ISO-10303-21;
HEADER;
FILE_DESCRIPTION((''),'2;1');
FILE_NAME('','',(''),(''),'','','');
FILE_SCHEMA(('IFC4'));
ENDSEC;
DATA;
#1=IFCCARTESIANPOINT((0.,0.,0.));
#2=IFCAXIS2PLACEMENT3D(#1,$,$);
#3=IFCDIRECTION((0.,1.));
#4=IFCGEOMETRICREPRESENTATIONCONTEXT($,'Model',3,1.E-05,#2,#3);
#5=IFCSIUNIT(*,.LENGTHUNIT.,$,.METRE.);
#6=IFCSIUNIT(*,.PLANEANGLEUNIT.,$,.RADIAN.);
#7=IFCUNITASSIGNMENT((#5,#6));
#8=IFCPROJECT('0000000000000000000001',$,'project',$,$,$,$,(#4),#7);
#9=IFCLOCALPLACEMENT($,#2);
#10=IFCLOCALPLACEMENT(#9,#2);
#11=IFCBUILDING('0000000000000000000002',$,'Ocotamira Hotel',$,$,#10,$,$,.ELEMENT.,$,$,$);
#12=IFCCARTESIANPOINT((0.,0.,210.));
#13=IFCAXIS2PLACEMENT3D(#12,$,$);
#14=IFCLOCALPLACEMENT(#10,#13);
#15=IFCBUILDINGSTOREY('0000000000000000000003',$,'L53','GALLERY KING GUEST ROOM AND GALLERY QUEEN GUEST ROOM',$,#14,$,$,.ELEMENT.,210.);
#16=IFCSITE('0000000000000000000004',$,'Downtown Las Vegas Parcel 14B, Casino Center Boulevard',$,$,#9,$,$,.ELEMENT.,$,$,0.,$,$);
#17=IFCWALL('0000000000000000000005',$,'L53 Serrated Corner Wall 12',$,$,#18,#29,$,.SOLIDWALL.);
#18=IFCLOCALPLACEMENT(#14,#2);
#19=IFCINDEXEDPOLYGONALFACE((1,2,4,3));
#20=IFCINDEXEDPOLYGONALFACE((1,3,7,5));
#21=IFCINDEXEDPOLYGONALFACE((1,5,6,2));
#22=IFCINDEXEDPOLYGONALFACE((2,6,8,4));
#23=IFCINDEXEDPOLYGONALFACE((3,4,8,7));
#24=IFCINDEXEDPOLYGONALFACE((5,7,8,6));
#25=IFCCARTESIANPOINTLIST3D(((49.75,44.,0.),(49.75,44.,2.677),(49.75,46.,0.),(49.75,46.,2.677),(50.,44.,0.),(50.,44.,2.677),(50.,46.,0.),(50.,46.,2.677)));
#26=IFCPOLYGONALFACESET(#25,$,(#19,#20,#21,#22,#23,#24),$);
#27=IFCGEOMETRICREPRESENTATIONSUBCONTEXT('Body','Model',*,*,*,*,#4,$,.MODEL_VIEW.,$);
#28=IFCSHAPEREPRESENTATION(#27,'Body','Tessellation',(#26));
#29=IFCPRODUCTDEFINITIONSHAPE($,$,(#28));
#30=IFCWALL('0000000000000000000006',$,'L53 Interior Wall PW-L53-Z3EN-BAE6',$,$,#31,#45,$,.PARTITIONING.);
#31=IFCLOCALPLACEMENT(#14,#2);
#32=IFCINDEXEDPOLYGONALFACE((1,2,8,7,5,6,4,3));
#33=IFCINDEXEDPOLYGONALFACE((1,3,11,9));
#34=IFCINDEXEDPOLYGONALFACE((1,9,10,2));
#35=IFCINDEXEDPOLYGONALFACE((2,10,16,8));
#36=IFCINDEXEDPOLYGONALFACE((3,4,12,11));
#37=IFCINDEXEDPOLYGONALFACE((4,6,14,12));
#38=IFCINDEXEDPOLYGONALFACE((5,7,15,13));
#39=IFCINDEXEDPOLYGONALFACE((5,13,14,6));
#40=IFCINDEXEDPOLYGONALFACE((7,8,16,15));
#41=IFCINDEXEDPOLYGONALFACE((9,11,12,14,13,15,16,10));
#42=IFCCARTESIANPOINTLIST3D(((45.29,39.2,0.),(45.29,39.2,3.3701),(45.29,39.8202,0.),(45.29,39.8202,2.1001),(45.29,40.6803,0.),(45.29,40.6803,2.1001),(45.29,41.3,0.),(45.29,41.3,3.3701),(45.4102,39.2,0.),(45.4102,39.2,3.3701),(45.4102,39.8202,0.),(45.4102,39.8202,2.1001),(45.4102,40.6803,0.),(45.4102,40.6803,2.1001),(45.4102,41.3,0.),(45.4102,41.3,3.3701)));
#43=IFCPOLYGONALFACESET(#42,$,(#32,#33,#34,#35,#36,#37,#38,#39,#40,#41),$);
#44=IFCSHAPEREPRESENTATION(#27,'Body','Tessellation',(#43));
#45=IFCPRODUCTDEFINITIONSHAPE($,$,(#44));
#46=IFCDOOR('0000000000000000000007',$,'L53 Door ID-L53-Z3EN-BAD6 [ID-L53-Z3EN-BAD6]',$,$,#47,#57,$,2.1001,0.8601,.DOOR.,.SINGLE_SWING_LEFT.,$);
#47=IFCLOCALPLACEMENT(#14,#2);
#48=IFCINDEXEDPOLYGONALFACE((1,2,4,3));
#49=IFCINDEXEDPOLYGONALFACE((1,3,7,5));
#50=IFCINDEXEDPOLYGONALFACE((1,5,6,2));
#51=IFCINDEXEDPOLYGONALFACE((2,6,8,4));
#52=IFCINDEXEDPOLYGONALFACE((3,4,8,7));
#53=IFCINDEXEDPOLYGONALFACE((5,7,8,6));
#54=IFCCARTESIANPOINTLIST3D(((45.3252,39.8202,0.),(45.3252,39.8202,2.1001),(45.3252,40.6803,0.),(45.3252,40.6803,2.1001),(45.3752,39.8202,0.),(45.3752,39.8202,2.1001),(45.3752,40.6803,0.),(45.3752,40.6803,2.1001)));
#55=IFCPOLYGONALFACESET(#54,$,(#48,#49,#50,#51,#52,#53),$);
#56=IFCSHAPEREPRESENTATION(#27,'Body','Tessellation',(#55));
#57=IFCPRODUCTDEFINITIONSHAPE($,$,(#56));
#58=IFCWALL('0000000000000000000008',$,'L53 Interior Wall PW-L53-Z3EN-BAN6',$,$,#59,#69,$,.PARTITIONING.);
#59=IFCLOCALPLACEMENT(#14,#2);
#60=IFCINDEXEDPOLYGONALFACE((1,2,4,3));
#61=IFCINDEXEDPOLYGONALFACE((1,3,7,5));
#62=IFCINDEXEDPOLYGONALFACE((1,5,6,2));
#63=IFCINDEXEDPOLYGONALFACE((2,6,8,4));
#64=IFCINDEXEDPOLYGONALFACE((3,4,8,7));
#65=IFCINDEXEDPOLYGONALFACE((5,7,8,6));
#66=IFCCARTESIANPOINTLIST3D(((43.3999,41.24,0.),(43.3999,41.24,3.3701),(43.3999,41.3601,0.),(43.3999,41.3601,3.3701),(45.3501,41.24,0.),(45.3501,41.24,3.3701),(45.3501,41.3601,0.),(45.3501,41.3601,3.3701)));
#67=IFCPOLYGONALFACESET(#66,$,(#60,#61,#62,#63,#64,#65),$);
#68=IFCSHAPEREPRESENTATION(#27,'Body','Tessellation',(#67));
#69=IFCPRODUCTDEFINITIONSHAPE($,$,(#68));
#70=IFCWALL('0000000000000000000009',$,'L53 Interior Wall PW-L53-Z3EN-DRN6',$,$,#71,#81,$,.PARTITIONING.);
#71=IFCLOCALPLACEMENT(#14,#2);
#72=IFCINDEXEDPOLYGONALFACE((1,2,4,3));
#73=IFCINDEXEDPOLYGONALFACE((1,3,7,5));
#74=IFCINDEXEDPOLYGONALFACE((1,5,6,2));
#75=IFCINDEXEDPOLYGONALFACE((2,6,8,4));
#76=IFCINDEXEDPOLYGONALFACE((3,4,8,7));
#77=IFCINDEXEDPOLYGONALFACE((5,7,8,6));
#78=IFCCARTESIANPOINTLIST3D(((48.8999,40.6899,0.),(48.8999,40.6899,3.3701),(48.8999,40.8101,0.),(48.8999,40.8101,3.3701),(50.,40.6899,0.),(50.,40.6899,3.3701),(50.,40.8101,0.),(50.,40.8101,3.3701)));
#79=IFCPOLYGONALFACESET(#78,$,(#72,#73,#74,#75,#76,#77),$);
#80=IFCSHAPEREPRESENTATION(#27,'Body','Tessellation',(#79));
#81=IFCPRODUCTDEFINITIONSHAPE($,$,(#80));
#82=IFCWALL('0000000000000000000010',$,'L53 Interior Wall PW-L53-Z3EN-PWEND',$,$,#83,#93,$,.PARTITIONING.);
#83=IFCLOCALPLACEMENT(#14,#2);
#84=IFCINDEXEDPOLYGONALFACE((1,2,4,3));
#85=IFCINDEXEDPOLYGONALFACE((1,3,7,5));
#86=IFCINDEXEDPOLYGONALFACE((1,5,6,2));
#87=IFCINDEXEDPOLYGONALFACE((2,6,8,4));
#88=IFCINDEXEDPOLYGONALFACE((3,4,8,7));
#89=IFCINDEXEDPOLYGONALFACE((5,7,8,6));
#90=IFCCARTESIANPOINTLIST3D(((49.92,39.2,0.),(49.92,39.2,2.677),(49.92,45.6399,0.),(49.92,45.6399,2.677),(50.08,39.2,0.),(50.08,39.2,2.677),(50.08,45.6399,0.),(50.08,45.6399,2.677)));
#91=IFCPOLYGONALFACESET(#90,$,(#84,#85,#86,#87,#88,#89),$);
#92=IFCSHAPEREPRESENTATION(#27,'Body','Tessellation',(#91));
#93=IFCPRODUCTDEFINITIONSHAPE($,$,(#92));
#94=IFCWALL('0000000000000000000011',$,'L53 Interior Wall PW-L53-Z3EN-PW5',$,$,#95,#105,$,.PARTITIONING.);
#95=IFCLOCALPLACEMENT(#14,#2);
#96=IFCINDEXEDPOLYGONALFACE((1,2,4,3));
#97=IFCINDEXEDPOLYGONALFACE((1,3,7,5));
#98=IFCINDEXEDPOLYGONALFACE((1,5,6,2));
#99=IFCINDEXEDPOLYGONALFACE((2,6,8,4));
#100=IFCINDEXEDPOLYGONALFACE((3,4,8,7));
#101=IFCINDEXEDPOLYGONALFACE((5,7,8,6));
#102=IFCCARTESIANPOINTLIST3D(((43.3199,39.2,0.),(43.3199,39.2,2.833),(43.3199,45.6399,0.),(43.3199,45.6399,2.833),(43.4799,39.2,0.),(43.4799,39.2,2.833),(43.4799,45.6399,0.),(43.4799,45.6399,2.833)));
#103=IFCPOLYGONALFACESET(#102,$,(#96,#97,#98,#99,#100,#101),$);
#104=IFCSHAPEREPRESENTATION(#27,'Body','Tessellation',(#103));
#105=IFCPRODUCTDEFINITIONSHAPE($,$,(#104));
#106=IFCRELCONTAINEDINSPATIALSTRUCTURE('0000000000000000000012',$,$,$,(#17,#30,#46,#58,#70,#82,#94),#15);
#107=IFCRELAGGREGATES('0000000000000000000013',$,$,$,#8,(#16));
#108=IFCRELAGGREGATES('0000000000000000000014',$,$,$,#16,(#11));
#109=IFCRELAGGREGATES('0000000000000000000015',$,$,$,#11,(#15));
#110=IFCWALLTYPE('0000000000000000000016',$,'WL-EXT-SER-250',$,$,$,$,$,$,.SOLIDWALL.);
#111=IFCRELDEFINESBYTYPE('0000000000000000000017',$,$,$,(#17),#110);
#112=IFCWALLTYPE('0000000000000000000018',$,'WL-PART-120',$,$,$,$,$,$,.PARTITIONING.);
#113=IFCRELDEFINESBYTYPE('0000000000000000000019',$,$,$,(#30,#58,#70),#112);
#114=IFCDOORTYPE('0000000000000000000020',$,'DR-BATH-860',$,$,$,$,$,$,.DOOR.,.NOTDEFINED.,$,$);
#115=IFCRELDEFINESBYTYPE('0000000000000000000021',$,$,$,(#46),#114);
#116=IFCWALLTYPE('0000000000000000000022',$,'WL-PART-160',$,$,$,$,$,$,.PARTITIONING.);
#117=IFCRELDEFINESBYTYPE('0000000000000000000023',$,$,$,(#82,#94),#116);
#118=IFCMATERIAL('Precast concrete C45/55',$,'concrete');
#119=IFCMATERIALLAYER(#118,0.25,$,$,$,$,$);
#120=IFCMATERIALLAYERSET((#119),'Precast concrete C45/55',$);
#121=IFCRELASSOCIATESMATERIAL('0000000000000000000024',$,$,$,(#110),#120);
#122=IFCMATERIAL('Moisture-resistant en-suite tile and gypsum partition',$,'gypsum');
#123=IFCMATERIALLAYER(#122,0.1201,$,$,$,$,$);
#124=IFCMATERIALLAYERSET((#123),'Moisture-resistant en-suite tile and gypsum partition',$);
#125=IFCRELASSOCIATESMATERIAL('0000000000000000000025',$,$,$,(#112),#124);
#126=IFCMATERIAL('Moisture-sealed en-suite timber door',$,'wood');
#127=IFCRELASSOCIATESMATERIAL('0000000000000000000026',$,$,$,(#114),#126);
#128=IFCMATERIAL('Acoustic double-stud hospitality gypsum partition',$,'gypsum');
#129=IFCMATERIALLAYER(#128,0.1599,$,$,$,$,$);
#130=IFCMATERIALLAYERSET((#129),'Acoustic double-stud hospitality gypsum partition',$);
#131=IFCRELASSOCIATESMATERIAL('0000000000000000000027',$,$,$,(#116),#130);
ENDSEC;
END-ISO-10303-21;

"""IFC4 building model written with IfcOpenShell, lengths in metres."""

from ifc_helpers import new_model, si_unit, direction, frame, frame_2d, origin, place, context, subcontext, project, spatial, rectangle, extrude, source, transform, mapped, material, layer, layer_set, type_object, element, fill, save


model = new_model("IFC4")

# Units and contexts
model_context = context("Model", 3, precision=1e-05, world=origin(), true_north=direction((0.0, 1.0)))
body_context = subcontext(model_context, "Body", "Model", "MODEL_VIEW")
ifc_project = project(units=[si_unit("LENGTHUNIT", "METRE"), si_unit("PLANEANGLEUNIT", "RADIAN")], contexts=[model_context])

# Site, building, storey
site_placement = place(None, origin())
site = spatial("IfcSite", under=ifc_project, at=site_placement, Name="Downtown Las Vegas Parcel 14B, Casino Center Boulevard", CompositionType="ELEMENT", RefElevation=0.0)
building_placement = place(site_placement, origin())
building = spatial("IfcBuilding", under=site, at=building_placement, Name="Ocotamira Hotel", CompositionType="ELEMENT")
storey_placement = place(building_placement, frame((0.0, 0.0, 210.0)))
storey = spatial("IfcBuildingStorey", under=building, at=storey_placement, Name="L53", Description="GALLERY KING GUEST ROOM AND GALLERY QUEEN GUEST ROOM", CompositionType="ELEMENT", Elevation=210.0)

# Wall
ifc_material_1 = material(Name="Precast concrete C45/55", Category="concrete")
ifc_layer_1 = layer(ifc_material_1, 0.25)
ifc_layer_set_1 = layer_set([ifc_layer_1], Name="Precast concrete C45/55")
wall_type_1 = type_object("IfcWallType", Name="WL-EXT-SER-250", PredefinedType="SOLIDWALL", material=ifc_layer_set_1)
wall_1_placement = place(storey_placement, frame((49.875, 44.0, 0.0), z_axis=(0.0, 0.0, 1.0), x_axis=(0.0, 1.0, 0.0)))
element("IfcWall", 1, at=wall_1_placement, inside=storey, type_object=wall_type_1, Name="L53 Serrated Corner Wall 12", PredefinedType="SOLIDWALL", context=body_context, shape_type="SweptSolid", body=[
    extrude(rectangle(XDim=2.0, YDim=0.25, at=frame_2d((1.0, 0.0))), origin(), (0.0, 0.0, 1.0), 2.677),
])

# Wall, opening, door
ifc_material_2 = material(Name="Moisture-resistant en-suite tile and gypsum partition", Category="gypsum")
ifc_layer_2 = layer(ifc_material_2, 0.1201)
ifc_layer_set_2 = layer_set([ifc_layer_2], Name="Moisture-resistant en-suite tile and gypsum partition")
wall_type_2 = type_object("IfcWallType", Name="WL-PART-120", PredefinedType="PARTITIONING", material=ifc_layer_set_2)
wall_2_placement = place(storey_placement, frame((45.3501, 39.2, 0.0), z_axis=(0.0, 0.0, 1.0), x_axis=(0.0, 1.0, 0.0)))
wall_2 = element("IfcWall", 2, at=wall_2_placement, inside=storey, type_object=wall_type_2, Name="L53 Interior Wall PW-L53-Z3EN-BAE6", PredefinedType="PARTITIONING", context=body_context, shape_type="SweptSolid", body=[
    extrude(rectangle(XDim=2.1001, YDim=0.1201, at=frame_2d((1.05, 0.0))), origin(), (0.0, 0.0, 1.0), 3.3701),
])
opening_1_placement = place(wall_2_placement, frame((0.6201, 0.0, 0.0)))
opening_1 = element("IfcOpeningElement", 3, at=opening_1_placement, cuts=wall_2, PredefinedType="OPENING", context=body_context, shape_type="SweptSolid", body=[
    extrude(rectangle(XDim=0.8601, YDim=2.1001, at=frame_2d((0.4302, 1.05))), frame((0.0, 0.0701, 0.0), z_axis=(0.0, -1.0, 0.0), x_axis=(1.0, 0.0, 0.0)), (0.0, 0.0, 1.0), 0.1401),
])
ifc_material_3 = material(Name="Moisture-sealed en-suite timber door", Category="wood")
door_type_1 = type_object("IfcDoorType", Name="DR-BATH-860", OperationType="NOTDEFINED", PredefinedType="DOOR", material=ifc_material_3)
shared_shape_1 = source(origin(), body_context, "Body", "SweptSolid", [
    extrude(rectangle(XDim=0.8601, YDim=2.1001, at=frame_2d((0.4302, 1.05))), frame((0.0, 0.0249, 0.0), z_axis=(0.0, -1.0, 0.0), x_axis=(1.0, 0.0, 0.0)), (0.0, 0.0, 1.0), 0.05),
])
door_1_placement = place(opening_1_placement, origin())
door_1 = element("IfcDoor", 4, at=door_1_placement, inside=storey, type_object=door_type_1, Name="L53 Door ID-L53-Z3EN-BAD6 [ID-L53-Z3EN-BAD6]", OperationType="SINGLE_SWING_LEFT", OverallHeight=2.1001, OverallWidth=0.8601, PredefinedType="DOOR", context=body_context, shape_type="MappedRepresentation", body=[
    mapped(shared_shape_1, transform((0.0, 0.0, 0.0), scale=1.0)),
])
fill(opening_1, door_1)

# Walls
wall_3_placement = place(storey_placement, frame((43.3999, 41.3, 0.0), z_axis=(0.0, 0.0, 1.0), x_axis=(1.0, 0.0, 0.0)))
element("IfcWall", 5, at=wall_3_placement, inside=storey, type_object=wall_type_2, Name="L53 Interior Wall PW-L53-Z3EN-BAN6", PredefinedType="PARTITIONING", context=body_context, shape_type="SweptSolid", body=[
    extrude(rectangle(XDim=1.9502, YDim=0.1201, at=frame_2d((0.9751, 0.0))), origin(), (0.0, 0.0, 1.0), 3.3701),
])
wall_4_placement = place(storey_placement, frame((48.8999, 40.75, 0.0), z_axis=(0.0, 0.0, 1.0), x_axis=(1.0, 0.0, 0.0)))
element("IfcWall", 6, at=wall_4_placement, inside=storey, type_object=wall_type_2, Name="L53 Interior Wall PW-L53-Z3EN-DRN6", PredefinedType="PARTITIONING", context=body_context, shape_type="SweptSolid", body=[
    extrude(rectangle(XDim=1.1001, YDim=0.1201, at=frame_2d((0.55, 0.0))), origin(), (0.0, 0.0, 1.0), 3.3701),
])
ifc_material_4 = material(Name="Acoustic double-stud hospitality gypsum partition", Category="gypsum")
ifc_layer_3 = layer(ifc_material_4, 0.1599)
ifc_layer_set_3 = layer_set([ifc_layer_3], Name="Acoustic double-stud hospitality gypsum partition")
wall_type_3 = type_object("IfcWallType", Name="WL-PART-160", PredefinedType="PARTITIONING", material=ifc_layer_set_3)
wall_5_placement = place(storey_placement, frame((50.0, 39.2, 0.0), z_axis=(0.0, 0.0, 1.0), x_axis=(0.0, 1.0, 0.0)))
element("IfcWall", 7, at=wall_5_placement, inside=storey, type_object=wall_type_3, Name="L53 Interior Wall PW-L53-Z3EN-PWEND", PredefinedType="PARTITIONING", context=body_context, shape_type="SweptSolid", body=[
    extrude(rectangle(XDim=6.4399, YDim=0.1599, at=frame_2d((3.22, 0.0))), origin(), (0.0, 0.0, 1.0), 2.677),
])
wall_6_placement = place(storey_placement, frame((43.3999, 39.2, 0.0), z_axis=(0.0, 0.0, 1.0), x_axis=(0.0, 1.0, 0.0)))
element("IfcWall", 8, at=wall_6_placement, inside=storey, type_object=wall_type_3, Name="L53 Interior Wall PW-L53-Z3EN-PW5", PredefinedType="PARTITIONING", context=body_context, shape_type="SweptSolid", body=[
    extrude(rectangle(XDim=6.4399, YDim=0.1599, at=frame_2d((3.22, 0.0))), origin(), (0.0, 0.0, 1.0), 2.833),
])

save(model, "model.ifc")
